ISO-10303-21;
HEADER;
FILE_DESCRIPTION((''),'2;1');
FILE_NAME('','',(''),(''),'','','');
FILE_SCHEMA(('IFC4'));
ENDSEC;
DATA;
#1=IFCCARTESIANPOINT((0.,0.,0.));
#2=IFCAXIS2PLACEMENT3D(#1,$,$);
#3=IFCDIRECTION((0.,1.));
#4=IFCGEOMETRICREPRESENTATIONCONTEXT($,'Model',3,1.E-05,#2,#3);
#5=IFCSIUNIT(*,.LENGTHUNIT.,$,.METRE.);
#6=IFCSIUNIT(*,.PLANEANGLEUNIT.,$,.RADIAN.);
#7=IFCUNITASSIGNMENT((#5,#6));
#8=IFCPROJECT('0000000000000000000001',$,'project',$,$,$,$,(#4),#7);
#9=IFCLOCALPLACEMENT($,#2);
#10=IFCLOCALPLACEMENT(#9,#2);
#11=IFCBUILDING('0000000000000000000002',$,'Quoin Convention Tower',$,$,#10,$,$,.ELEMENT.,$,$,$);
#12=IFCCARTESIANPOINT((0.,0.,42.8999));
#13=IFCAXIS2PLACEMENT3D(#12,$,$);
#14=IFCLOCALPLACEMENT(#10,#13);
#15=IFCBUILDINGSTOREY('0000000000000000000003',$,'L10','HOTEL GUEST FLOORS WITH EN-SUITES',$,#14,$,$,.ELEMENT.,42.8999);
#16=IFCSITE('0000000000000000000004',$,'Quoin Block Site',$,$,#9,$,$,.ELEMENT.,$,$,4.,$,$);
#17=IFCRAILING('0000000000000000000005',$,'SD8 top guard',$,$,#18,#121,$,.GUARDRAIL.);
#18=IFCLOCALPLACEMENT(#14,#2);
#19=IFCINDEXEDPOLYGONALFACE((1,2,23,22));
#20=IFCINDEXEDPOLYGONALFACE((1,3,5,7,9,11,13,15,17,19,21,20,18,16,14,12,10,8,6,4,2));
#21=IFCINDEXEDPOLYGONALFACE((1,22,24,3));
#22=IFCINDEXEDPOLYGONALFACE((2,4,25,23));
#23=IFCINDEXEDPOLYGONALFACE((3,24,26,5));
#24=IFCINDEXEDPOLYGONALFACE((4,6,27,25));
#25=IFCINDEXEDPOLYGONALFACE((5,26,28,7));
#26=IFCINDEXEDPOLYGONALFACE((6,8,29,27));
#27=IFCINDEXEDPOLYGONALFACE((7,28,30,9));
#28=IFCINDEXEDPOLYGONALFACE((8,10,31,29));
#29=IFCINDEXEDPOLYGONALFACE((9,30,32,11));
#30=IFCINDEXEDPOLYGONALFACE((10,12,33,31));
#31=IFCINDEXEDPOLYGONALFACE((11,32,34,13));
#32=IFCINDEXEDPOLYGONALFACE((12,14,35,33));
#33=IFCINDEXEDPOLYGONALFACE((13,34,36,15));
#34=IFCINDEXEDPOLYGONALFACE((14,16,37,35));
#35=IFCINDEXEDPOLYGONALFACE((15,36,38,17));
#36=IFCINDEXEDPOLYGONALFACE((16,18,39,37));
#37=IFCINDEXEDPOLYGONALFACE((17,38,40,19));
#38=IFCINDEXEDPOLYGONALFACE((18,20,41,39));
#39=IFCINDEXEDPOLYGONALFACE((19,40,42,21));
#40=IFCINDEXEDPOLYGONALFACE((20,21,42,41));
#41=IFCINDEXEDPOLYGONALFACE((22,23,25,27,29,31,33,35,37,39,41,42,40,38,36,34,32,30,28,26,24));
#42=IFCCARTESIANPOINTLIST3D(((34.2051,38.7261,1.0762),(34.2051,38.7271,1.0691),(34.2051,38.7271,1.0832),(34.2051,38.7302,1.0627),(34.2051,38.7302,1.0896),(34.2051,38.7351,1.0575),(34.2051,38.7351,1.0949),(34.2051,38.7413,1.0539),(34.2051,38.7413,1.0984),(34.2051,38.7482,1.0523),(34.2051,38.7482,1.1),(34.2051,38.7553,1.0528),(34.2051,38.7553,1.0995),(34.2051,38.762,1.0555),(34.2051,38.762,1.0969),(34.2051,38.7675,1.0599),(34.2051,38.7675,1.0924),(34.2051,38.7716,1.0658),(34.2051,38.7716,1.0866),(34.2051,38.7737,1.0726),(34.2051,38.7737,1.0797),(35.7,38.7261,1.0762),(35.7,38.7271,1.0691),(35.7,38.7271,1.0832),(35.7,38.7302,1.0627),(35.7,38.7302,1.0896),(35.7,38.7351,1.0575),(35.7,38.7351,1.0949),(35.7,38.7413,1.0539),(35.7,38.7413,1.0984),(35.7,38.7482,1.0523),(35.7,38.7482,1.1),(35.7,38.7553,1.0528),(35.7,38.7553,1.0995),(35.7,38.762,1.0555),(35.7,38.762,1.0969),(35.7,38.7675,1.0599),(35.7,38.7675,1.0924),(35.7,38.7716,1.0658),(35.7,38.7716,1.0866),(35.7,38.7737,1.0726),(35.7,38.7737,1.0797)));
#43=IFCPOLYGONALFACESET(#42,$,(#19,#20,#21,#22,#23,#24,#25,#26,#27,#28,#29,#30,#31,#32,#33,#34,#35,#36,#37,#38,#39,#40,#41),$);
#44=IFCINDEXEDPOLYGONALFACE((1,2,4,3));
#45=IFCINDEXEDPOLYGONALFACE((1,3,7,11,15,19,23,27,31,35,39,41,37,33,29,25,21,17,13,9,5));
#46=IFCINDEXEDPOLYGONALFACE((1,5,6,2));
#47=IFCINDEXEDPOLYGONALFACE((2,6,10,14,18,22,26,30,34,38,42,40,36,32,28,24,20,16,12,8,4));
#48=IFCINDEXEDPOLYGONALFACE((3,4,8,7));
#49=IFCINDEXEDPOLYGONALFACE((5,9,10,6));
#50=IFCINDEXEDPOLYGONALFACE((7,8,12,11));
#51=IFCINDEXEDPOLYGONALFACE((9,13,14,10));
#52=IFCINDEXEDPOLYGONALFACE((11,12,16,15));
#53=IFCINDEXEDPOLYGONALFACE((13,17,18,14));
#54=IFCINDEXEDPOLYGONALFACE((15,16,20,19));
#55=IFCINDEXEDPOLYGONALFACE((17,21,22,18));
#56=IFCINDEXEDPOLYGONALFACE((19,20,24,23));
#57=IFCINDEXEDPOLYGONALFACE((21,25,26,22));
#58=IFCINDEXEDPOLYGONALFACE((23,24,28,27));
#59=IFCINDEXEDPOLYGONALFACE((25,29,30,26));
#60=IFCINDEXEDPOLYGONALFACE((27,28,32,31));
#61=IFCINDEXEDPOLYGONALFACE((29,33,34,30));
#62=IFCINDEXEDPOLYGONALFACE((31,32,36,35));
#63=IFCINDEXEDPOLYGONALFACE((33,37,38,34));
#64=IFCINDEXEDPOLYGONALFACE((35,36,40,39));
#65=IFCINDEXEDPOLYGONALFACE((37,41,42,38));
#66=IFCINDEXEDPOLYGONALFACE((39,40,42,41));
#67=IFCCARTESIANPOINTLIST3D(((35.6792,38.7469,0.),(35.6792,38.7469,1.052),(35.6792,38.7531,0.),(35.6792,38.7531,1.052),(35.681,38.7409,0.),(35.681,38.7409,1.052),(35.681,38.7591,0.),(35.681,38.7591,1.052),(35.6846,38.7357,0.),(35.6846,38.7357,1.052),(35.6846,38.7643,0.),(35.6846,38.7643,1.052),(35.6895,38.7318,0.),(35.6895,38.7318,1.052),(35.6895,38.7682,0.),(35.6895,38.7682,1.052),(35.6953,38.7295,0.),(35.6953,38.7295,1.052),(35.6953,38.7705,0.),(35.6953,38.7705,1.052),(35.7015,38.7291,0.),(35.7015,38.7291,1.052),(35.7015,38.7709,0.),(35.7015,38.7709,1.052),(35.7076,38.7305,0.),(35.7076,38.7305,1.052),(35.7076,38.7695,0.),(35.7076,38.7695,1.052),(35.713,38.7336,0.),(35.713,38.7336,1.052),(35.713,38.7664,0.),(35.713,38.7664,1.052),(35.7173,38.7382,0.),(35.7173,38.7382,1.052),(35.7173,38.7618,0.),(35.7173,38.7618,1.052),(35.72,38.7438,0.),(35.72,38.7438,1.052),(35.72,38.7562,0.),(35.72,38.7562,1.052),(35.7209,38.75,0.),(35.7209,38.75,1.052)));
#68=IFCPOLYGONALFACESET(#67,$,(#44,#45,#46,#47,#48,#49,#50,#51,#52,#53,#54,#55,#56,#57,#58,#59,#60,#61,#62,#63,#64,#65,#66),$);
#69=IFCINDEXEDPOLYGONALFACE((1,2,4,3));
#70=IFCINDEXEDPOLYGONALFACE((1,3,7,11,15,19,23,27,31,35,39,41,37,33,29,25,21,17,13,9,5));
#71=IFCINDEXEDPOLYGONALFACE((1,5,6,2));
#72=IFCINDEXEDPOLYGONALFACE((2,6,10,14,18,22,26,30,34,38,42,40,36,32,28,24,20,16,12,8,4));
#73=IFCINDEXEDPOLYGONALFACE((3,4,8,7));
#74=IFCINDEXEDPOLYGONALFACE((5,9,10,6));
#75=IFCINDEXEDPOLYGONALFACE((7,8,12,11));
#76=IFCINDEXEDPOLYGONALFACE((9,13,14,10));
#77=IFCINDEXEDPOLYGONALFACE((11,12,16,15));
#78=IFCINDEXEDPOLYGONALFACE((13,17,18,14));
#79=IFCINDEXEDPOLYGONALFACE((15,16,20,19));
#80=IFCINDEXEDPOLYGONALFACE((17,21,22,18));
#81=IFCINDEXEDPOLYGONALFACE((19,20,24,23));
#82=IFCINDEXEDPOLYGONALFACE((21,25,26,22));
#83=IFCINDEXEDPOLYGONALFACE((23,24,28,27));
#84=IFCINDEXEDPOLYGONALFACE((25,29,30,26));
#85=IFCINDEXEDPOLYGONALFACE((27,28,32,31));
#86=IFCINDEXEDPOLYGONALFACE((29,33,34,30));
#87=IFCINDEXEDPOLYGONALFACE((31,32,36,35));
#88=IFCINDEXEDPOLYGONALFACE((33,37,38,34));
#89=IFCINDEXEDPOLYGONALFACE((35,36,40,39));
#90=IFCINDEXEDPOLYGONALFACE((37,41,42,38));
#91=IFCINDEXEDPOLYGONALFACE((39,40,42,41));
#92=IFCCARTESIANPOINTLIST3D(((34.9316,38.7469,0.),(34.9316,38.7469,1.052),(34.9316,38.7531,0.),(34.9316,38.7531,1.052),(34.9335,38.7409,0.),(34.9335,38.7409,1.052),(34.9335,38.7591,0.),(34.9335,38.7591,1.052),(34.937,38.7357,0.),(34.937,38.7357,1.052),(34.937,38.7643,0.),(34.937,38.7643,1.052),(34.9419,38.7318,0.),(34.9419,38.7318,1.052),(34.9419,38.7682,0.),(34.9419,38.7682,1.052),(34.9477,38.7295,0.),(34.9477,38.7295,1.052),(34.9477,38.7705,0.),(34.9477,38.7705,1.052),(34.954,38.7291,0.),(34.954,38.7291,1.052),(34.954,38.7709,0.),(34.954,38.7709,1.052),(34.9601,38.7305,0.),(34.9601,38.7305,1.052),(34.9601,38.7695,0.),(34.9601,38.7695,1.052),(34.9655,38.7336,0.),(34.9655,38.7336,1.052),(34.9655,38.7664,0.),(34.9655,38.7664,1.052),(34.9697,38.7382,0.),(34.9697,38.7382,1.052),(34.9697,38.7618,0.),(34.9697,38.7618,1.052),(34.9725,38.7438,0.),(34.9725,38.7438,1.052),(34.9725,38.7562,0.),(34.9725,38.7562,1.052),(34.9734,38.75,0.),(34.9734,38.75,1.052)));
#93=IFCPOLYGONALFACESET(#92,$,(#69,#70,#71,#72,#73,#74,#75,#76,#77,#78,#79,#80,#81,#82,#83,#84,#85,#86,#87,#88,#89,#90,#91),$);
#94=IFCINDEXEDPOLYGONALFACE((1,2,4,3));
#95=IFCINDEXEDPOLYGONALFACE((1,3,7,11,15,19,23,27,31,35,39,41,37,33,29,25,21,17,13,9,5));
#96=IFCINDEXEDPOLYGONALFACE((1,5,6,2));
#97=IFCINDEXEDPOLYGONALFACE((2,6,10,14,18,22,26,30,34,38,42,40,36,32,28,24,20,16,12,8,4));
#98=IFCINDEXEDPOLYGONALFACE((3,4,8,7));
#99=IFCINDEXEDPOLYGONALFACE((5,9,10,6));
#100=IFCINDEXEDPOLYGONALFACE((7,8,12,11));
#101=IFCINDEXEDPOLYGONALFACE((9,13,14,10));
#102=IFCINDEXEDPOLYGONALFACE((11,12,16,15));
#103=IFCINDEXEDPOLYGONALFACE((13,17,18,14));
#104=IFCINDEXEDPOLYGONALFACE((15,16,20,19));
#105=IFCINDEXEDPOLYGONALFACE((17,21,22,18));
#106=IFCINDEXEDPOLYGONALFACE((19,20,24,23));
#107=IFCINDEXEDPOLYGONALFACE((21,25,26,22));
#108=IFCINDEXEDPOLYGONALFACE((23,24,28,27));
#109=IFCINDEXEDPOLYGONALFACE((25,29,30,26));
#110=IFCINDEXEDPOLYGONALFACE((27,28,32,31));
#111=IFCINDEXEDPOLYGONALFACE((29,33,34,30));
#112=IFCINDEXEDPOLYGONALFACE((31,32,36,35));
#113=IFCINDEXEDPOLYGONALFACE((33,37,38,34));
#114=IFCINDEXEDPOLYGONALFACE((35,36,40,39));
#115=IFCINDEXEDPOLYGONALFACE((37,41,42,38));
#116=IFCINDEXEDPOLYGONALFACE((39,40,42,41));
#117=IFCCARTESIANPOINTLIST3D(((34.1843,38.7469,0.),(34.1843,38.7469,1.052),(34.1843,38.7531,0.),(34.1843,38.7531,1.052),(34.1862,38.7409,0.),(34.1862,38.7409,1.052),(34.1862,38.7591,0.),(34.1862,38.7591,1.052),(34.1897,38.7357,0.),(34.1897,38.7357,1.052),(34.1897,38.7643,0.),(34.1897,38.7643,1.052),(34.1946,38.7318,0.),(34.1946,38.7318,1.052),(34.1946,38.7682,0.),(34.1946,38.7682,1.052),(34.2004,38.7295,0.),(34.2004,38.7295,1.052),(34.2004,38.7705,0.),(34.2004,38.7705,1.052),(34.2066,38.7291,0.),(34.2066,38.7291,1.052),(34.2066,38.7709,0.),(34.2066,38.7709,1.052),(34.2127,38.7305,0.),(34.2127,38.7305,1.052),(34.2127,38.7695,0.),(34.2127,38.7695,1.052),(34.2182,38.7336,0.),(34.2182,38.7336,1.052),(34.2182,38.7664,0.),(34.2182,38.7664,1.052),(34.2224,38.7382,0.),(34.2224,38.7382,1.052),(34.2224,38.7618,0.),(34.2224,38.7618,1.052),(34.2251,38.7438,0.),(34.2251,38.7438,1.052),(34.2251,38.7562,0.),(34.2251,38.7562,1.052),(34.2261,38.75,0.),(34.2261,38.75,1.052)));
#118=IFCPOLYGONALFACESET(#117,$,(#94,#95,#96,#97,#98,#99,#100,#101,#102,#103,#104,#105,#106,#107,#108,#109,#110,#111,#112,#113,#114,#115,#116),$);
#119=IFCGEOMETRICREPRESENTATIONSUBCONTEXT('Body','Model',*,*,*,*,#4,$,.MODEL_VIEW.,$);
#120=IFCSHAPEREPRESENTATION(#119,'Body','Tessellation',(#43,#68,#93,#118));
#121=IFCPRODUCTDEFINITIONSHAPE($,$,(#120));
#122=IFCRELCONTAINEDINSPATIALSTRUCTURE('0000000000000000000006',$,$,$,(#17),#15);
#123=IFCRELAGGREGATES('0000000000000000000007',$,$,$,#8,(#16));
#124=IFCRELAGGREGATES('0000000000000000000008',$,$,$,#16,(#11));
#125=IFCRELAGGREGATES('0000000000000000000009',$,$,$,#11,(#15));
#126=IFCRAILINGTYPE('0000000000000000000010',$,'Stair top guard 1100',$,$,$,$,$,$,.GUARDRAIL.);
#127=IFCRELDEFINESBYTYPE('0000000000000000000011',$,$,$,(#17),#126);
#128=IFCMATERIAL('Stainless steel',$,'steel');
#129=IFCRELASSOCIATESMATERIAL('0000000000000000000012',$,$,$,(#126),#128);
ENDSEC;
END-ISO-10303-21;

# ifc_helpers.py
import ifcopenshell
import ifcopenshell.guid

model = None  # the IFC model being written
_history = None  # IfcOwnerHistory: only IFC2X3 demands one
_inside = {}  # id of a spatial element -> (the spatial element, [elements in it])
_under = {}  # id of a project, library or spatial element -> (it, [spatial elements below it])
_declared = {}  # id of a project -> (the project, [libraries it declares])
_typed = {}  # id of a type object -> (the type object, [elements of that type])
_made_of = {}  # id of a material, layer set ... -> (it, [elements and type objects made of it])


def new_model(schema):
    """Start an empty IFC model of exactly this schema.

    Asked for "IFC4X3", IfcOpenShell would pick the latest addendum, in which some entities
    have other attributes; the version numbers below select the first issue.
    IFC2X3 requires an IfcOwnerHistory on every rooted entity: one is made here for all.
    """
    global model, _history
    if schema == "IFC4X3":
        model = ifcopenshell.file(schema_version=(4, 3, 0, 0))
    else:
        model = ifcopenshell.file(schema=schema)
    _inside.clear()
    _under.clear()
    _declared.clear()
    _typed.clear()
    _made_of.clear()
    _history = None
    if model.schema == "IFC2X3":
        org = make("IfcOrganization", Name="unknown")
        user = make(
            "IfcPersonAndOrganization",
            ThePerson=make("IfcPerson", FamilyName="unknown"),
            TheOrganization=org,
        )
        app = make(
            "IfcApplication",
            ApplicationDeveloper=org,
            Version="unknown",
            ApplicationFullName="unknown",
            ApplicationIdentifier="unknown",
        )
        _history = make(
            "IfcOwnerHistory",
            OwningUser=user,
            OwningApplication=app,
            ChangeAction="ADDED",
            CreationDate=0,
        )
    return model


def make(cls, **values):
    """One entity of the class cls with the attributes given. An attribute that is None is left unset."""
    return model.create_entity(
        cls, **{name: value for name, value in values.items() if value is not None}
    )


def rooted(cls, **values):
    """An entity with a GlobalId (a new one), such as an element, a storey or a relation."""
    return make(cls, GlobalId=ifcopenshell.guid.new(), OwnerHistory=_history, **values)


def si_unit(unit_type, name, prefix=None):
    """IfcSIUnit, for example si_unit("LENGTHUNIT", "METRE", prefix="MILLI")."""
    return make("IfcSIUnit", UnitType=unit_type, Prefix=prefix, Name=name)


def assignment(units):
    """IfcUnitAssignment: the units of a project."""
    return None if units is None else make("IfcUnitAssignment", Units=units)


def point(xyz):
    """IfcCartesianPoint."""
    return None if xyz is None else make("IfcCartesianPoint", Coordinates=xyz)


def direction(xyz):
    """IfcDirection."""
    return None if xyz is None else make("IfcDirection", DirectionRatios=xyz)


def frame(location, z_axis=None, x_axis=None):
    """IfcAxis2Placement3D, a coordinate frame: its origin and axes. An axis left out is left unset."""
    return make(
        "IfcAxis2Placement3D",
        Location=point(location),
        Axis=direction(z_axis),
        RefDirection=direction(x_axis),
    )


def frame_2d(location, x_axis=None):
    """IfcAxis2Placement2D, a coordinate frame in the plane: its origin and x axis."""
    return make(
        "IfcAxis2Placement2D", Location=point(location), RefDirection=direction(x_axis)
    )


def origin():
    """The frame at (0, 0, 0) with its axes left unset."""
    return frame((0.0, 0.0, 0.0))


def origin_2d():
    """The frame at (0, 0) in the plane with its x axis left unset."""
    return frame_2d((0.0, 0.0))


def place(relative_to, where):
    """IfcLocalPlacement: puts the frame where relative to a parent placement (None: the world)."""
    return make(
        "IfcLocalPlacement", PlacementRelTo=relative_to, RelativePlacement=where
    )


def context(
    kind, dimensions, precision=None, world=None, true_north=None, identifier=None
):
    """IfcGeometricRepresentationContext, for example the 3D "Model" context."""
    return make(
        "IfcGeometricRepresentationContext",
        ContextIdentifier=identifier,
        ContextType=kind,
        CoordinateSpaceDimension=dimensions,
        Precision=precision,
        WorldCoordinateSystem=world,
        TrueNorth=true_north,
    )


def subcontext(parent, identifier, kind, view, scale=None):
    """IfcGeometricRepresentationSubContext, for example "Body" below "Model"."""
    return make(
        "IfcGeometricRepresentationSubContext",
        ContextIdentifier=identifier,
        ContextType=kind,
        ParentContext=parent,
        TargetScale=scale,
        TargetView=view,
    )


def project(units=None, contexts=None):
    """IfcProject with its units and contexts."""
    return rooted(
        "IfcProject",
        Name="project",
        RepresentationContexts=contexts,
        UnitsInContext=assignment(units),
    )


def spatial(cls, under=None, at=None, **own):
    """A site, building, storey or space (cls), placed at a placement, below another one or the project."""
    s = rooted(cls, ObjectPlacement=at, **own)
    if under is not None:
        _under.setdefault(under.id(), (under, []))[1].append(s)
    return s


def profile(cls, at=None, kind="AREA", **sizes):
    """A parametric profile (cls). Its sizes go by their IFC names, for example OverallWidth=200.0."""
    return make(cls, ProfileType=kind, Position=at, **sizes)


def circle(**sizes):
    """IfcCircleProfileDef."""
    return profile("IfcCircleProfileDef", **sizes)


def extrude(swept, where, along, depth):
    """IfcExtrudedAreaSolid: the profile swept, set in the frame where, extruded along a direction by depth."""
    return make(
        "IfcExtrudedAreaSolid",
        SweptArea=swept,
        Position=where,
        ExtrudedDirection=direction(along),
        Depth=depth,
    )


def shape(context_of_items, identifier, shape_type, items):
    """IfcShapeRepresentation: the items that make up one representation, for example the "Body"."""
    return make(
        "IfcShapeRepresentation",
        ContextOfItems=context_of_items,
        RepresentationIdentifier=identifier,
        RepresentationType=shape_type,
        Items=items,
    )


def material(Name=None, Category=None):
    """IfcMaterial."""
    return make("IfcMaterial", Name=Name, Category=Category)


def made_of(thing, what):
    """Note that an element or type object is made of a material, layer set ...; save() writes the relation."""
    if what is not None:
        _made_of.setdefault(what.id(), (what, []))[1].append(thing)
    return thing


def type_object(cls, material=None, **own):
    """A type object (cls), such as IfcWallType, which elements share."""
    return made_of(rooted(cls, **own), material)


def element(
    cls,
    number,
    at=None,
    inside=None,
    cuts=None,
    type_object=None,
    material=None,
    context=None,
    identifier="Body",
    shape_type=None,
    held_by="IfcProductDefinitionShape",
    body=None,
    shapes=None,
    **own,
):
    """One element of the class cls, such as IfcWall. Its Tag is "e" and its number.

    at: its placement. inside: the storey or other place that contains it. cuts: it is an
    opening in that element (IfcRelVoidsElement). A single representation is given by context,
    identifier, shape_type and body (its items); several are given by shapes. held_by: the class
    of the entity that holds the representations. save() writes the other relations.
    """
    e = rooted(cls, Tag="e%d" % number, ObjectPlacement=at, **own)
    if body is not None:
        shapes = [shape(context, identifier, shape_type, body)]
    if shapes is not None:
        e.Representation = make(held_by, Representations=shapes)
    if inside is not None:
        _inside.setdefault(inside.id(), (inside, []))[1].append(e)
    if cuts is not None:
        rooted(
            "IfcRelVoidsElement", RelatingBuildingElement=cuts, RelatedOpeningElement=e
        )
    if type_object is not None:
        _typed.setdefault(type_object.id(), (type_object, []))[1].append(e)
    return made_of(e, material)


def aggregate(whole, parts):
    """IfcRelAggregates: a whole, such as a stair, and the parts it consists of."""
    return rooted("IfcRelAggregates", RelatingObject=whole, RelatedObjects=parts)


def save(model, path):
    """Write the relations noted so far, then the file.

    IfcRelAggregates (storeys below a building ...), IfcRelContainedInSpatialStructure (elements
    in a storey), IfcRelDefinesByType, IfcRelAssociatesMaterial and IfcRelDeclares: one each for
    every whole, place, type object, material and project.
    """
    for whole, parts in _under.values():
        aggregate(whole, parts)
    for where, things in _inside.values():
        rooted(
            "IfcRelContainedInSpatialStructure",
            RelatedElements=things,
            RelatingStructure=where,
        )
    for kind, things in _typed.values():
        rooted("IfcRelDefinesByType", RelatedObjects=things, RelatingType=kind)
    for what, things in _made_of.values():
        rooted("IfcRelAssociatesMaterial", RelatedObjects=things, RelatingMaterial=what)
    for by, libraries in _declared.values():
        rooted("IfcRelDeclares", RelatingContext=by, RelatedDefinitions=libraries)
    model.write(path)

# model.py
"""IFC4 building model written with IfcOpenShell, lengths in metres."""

from ifc_helpers import new_model, si_unit, direction, frame, origin, origin_2d, place, context, subcontext, project, spatial, circle, extrude, material, type_object, element, save


model = new_model("IFC4")

# Units and contexts
model_context = context("Model", 3, precision=1e-05, world=origin(), true_north=direction((0.0, 1.0)))
body_context = subcontext(model_context, "Body", "Model", "MODEL_VIEW")
ifc_project = project(units=[si_unit("LENGTHUNIT", "METRE"), si_unit("PLANEANGLEUNIT", "RADIAN")], contexts=[model_context])

# Site, building, storey
site_placement = place(None, origin())
site = spatial("IfcSite", under=ifc_project, at=site_placement, Name="Quoin Block Site", CompositionType="ELEMENT", RefElevation=4.0)
building_placement = place(site_placement, origin())
building = spatial("IfcBuilding", under=site, at=building_placement, Name="Quoin Convention Tower", CompositionType="ELEMENT")
storey_placement = place(building_placement, frame((0.0, 0.0, 42.8999)))
storey = spatial("IfcBuildingStorey", under=building, at=storey_placement, Name="L10", Description="HOTEL GUEST FLOORS WITH EN-SUITES", CompositionType="ELEMENT", Elevation=42.8999)

# Railing
ifc_material_1 = material(Name="Stainless steel", Category="steel")
railing_type_1 = type_object("IfcRailingType", Name="Stair top guard 1100", PredefinedType="GUARDRAIL", material=ifc_material_1)
railing_1_placement = place(storey_placement, frame((35.7, 38.75, 0.0)))
element("IfcRailing", 1, at=railing_1_placement, inside=storey, type_object=railing_type_1, Name="SD8 top guard", PredefinedType="GUARDRAIL", context=body_context, shape_type="SweptSolid", body=[
    extrude(circle(Radius=0.0239, at=origin_2d()), frame((0.0, 0.0, 1.0762), z_axis=(-1.0, 0.0, 0.0), x_axis=(0.0, -1.0, 0.0)), (0.0, 0.0, 1.0), 1.4949),
    extrude(circle(Radius=0.021, at=origin_2d()), origin(), (0.0, 0.0, 1.0), 1.052),
    extrude(circle(Radius=0.021, at=origin_2d()), frame((-0.7476, 0.0, 0.0)), (0.0, 0.0, 1.0), 1.052),
    extrude(circle(Radius=0.021, at=origin_2d()), frame((-1.4949, 0.0, 0.0)), (0.0, 0.0, 1.0), 1.052),
])

save(model, "model.ifc")
